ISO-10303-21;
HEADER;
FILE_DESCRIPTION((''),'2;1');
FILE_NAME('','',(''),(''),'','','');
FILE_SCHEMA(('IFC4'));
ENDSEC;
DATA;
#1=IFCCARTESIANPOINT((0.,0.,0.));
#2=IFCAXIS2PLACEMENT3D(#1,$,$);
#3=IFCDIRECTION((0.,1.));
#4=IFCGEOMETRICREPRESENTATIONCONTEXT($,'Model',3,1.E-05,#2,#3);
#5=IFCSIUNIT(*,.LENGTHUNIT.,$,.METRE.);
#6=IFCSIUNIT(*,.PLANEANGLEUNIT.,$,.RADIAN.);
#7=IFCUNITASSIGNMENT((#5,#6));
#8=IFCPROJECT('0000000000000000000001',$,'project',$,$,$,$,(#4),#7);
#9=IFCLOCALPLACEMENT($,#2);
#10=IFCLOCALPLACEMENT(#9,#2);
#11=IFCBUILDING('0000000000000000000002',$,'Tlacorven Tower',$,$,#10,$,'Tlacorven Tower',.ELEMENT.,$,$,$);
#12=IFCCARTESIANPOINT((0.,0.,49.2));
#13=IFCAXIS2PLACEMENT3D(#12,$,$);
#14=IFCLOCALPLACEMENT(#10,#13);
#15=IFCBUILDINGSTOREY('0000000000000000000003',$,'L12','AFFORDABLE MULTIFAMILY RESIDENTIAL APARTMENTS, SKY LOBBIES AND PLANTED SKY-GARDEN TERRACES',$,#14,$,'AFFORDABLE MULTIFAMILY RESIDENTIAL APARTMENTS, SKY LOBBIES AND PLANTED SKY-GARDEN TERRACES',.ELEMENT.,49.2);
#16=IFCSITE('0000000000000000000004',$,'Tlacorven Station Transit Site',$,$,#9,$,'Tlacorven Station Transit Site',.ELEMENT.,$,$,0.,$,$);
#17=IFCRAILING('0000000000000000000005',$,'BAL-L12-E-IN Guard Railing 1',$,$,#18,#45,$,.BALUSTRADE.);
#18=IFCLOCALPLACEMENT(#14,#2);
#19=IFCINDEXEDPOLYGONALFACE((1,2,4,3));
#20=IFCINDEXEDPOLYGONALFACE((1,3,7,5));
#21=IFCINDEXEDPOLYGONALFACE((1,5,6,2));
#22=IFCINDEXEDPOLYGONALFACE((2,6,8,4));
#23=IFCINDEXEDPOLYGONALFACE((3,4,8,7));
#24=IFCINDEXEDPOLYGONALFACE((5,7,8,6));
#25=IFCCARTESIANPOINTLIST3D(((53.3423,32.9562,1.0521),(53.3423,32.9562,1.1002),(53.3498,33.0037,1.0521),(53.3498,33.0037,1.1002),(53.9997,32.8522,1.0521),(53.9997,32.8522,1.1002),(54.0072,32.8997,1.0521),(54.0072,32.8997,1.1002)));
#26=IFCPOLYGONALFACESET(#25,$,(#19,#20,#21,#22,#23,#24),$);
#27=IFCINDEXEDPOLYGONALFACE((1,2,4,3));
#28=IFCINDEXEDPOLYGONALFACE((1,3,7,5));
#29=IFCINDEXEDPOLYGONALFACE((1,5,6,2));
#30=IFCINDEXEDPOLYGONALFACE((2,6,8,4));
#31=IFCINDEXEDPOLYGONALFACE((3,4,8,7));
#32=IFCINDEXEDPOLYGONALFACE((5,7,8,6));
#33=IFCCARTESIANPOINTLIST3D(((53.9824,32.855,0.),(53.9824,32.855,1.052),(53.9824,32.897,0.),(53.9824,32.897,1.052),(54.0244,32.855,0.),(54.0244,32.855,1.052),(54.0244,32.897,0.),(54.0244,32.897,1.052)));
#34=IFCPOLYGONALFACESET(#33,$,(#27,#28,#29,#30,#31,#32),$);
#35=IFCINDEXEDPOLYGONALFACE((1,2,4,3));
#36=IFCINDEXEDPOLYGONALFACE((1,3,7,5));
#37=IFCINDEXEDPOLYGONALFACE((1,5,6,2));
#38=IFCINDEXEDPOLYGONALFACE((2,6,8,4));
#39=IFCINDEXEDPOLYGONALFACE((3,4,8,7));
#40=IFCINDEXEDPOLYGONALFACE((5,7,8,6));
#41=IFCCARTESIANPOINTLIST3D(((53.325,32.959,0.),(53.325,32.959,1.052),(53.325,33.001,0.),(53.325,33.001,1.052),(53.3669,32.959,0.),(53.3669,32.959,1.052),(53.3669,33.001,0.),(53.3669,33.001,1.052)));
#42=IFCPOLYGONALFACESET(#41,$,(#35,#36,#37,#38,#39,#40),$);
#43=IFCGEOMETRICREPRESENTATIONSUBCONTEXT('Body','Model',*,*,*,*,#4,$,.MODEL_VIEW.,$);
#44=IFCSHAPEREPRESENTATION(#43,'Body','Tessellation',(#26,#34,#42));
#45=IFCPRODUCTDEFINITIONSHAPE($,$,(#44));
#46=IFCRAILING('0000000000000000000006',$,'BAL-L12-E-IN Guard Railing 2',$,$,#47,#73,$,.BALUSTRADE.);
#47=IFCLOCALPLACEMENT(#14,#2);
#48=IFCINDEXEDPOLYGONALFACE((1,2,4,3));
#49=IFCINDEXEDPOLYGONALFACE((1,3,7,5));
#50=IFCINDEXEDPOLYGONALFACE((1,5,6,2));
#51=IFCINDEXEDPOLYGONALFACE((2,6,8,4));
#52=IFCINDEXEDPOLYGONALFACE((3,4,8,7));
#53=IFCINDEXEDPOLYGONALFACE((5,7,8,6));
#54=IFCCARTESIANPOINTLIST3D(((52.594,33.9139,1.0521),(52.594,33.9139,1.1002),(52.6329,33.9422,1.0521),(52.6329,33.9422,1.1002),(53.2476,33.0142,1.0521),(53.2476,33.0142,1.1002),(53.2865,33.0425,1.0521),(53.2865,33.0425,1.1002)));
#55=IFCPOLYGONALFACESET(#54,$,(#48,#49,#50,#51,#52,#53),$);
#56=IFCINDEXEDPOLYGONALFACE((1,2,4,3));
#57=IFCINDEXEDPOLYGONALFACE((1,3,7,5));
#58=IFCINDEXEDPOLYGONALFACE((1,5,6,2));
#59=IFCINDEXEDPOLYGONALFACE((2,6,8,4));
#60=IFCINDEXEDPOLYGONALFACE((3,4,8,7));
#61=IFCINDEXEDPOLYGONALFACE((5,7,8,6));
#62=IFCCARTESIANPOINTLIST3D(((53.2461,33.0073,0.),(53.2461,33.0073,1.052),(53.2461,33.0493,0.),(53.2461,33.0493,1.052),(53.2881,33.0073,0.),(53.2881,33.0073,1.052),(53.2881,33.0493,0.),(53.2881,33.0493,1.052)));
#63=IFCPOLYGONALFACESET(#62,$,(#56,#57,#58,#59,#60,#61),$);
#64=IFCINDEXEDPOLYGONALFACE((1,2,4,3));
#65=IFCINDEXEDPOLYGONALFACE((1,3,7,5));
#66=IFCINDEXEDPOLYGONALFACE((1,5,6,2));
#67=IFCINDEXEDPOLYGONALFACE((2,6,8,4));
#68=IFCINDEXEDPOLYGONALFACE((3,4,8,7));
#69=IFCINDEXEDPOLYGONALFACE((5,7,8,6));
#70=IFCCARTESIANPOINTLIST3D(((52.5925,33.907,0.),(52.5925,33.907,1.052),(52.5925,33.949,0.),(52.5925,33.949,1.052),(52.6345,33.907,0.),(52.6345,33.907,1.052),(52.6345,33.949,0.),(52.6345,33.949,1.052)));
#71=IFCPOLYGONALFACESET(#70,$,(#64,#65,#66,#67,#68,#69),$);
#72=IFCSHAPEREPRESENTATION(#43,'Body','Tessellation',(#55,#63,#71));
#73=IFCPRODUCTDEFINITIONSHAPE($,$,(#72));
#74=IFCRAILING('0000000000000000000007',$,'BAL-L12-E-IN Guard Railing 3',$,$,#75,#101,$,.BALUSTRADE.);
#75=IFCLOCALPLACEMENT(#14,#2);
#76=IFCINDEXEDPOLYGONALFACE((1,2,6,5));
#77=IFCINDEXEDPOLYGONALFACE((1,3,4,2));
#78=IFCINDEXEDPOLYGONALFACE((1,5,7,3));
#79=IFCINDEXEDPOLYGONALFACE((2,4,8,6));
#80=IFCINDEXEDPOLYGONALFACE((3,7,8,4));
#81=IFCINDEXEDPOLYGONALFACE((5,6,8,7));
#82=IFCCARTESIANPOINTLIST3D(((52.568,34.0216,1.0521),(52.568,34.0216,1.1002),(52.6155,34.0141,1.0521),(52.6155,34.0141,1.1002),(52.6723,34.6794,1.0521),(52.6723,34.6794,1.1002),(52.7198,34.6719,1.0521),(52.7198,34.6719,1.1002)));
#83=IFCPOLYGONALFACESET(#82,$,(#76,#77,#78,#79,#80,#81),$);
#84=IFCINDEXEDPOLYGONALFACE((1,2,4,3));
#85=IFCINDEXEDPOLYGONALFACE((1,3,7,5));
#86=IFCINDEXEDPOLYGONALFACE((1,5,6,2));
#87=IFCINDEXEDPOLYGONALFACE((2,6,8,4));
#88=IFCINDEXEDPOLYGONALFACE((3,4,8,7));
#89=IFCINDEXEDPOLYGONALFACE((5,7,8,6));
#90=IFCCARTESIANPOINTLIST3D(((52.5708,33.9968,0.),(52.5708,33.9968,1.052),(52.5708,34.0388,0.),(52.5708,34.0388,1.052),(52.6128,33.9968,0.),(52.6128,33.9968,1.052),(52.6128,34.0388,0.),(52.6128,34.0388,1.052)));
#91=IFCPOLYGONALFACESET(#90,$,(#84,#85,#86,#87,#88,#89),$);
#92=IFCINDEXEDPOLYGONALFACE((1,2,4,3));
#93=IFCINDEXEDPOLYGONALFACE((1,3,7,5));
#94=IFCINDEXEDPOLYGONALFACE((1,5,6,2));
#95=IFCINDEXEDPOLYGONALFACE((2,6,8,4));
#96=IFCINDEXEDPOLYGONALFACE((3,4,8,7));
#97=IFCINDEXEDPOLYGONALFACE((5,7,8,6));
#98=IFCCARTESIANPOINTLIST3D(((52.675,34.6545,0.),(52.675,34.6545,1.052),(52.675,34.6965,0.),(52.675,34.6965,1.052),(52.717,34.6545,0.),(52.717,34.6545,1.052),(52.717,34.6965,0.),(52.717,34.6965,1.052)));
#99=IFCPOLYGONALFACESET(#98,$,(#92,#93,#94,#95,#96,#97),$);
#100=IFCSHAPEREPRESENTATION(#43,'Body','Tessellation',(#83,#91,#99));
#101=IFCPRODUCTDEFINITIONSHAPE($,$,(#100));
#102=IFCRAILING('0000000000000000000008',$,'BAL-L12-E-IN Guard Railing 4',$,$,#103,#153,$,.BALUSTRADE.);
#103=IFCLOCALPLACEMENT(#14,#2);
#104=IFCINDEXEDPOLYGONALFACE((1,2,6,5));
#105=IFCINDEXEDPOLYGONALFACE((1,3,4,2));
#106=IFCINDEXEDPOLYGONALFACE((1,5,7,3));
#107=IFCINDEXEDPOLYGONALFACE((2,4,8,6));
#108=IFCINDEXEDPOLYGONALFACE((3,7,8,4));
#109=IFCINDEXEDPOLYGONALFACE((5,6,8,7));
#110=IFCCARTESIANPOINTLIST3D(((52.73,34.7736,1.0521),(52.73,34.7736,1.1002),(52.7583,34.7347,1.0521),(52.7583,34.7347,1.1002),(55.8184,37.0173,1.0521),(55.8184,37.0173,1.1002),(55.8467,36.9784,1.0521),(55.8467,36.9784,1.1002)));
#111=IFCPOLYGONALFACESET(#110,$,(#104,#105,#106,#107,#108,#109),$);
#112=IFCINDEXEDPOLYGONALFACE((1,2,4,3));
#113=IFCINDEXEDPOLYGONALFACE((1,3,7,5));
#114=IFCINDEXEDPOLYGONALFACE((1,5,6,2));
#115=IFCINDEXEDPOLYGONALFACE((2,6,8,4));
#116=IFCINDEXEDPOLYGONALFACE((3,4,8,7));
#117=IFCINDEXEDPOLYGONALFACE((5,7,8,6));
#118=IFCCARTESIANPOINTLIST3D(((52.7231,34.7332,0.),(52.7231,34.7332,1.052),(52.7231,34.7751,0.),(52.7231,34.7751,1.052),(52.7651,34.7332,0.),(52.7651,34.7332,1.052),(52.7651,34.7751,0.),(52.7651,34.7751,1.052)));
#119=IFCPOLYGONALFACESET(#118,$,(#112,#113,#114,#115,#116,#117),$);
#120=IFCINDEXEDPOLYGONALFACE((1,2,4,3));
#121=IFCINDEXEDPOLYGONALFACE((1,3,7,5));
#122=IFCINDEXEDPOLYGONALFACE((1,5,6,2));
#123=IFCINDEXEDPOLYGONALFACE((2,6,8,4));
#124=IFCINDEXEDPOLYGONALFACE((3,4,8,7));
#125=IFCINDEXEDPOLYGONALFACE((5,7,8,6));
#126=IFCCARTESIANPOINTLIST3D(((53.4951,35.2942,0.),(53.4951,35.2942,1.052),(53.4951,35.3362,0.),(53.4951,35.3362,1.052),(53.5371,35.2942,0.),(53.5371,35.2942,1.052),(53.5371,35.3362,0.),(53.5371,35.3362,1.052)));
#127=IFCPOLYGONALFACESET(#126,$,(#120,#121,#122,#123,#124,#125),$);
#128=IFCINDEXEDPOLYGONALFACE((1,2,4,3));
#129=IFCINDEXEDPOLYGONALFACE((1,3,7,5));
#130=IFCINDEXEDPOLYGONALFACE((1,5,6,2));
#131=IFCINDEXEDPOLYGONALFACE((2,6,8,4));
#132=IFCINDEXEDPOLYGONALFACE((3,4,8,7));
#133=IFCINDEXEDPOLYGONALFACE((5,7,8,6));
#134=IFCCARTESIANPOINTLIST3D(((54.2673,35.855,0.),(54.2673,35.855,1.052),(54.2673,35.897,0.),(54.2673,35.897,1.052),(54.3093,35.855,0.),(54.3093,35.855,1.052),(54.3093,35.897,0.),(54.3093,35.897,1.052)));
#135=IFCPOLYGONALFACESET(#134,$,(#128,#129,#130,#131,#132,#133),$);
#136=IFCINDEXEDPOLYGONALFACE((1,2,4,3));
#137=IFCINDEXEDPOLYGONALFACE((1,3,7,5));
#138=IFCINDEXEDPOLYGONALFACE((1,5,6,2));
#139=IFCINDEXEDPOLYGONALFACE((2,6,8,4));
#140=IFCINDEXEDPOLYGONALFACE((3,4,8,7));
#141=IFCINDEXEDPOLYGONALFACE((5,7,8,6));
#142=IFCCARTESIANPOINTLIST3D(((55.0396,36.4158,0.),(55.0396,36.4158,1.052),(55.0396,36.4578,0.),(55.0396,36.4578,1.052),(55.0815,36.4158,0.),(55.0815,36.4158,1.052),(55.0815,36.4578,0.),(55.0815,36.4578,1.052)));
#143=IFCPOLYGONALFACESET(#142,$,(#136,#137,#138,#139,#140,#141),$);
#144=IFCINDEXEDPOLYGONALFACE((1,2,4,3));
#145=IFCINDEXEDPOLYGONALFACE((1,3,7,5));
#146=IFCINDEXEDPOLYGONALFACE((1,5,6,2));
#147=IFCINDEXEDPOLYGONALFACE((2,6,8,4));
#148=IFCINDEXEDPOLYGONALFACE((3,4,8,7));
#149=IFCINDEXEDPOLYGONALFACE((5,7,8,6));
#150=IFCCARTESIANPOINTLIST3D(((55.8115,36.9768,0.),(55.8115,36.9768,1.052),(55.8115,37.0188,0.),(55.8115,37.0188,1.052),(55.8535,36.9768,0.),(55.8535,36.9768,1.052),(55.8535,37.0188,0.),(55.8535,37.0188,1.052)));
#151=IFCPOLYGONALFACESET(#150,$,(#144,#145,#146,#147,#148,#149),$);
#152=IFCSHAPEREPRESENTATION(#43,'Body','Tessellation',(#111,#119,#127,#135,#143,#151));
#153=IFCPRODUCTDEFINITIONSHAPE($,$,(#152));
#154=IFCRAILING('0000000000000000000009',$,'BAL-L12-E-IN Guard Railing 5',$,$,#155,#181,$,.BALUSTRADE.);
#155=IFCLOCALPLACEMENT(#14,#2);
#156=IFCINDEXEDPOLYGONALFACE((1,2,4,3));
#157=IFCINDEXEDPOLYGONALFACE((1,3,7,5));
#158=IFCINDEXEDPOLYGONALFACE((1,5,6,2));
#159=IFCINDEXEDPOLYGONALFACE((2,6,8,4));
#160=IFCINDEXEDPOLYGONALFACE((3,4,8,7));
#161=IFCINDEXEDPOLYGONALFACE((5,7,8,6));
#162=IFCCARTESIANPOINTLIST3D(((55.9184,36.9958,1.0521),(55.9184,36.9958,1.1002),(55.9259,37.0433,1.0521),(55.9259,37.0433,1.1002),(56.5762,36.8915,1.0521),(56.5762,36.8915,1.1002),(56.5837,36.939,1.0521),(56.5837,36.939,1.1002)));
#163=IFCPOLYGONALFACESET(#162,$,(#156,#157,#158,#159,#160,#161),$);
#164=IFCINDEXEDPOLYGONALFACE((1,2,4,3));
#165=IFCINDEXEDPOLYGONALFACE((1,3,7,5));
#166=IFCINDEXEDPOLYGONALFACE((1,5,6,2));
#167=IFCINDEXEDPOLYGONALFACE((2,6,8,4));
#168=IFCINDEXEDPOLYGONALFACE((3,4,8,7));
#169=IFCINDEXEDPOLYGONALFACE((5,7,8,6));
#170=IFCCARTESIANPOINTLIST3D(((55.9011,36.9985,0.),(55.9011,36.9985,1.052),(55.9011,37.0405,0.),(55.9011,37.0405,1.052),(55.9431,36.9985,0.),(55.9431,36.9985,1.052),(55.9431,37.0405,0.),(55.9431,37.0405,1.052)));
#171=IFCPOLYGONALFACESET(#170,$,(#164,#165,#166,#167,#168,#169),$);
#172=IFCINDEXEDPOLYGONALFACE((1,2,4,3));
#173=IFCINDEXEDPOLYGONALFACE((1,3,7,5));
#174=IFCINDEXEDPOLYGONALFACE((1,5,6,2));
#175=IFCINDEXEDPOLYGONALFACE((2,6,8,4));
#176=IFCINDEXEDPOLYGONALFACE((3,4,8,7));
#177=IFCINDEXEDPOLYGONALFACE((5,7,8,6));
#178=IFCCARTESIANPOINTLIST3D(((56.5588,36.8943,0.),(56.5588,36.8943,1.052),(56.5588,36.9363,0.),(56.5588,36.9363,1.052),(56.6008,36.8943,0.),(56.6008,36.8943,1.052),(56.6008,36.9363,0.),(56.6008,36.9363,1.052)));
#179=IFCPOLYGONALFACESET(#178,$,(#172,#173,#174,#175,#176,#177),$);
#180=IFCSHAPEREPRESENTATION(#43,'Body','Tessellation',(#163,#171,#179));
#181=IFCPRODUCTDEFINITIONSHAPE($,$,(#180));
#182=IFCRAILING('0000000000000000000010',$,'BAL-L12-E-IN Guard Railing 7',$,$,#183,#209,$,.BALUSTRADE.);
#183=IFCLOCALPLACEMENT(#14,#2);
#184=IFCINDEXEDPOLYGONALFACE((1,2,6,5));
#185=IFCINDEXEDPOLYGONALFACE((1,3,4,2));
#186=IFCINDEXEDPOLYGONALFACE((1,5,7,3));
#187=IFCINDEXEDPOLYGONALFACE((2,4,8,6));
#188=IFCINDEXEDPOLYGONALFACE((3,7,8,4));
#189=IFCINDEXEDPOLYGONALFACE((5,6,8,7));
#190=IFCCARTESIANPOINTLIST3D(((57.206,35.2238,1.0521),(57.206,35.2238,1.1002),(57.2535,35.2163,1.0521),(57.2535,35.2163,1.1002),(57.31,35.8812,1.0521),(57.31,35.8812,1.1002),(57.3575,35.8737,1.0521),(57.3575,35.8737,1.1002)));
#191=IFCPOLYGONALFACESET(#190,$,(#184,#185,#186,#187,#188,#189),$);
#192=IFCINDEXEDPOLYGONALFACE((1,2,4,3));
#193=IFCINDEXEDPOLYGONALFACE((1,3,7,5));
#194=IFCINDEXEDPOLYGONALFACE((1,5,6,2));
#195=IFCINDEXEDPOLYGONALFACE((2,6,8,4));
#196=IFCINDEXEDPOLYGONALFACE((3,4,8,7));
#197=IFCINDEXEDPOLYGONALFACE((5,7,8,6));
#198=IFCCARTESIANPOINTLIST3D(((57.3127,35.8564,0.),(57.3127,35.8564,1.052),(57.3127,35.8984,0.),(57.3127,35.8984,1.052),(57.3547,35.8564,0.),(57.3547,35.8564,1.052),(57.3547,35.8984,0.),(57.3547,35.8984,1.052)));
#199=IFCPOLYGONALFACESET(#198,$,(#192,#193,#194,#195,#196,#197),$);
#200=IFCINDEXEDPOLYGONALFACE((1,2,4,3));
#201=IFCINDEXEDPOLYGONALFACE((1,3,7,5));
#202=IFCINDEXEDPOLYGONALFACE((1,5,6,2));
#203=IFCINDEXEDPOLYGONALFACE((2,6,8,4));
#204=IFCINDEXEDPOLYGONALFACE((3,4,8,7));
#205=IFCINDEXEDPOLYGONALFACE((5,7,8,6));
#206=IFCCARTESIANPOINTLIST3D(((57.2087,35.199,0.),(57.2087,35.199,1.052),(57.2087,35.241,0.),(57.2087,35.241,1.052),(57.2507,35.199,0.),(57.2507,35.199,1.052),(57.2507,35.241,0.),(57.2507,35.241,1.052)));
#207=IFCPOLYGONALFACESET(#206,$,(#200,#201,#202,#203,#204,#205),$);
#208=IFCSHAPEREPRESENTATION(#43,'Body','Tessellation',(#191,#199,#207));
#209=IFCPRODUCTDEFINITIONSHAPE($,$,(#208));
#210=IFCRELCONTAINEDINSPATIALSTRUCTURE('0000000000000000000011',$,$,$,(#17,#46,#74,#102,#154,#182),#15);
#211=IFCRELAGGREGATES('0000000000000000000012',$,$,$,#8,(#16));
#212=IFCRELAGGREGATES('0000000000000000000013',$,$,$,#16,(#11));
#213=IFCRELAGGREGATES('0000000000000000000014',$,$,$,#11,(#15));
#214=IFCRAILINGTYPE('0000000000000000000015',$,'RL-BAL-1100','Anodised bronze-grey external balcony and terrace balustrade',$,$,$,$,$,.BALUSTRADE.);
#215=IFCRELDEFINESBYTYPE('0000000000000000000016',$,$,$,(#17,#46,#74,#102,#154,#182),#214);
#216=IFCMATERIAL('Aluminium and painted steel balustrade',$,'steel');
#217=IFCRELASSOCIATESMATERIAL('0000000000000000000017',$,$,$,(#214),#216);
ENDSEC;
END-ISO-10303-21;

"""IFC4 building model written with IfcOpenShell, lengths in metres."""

from ifc_helpers import new_model, si_unit, direction, frame, origin, origin_2d, place, context, subcontext, project, spatial, rectangle, extrude, source, transform, mapped, material, type_object, element, save


model = new_model("IFC4")

# Units and contexts
model_context = context("Model", 3, precision=1e-05, world=origin(), true_north=direction((0.0, 1.0)))
body_context = subcontext(model_context, "Body", "Model", "MODEL_VIEW")
ifc_project = project(units=[si_unit("LENGTHUNIT", "METRE"), si_unit("PLANEANGLEUNIT", "RADIAN")], contexts=[model_context])

# Site, building, storey
site_placement = place(None, origin())
site = spatial("IfcSite", under=ifc_project, at=site_placement, Name="Tlacorven Station Transit Site", LongName="Tlacorven Station Transit Site", CompositionType="ELEMENT", RefElevation=0.0)
building_placement = place(site_placement, origin())
building = spatial("IfcBuilding", under=site, at=building_placement, Name="Tlacorven Tower", LongName="Tlacorven Tower", CompositionType="ELEMENT")
storey_placement = place(building_placement, frame((0.0, 0.0, 49.2)))
storey = spatial("IfcBuildingStorey", under=building, at=storey_placement, Name="L12", Description="AFFORDABLE MULTIFAMILY RESIDENTIAL APARTMENTS, SKY LOBBIES AND PLANTED SKY-GARDEN TERRACES", LongName="AFFORDABLE MULTIFAMILY RESIDENTIAL APARTMENTS, SKY LOBBIES AND PLANTED SKY-GARDEN TERRACES", CompositionType="ELEMENT", Elevation=49.2)

# Railings
ifc_material_1 = material(Name="Aluminium and painted steel balustrade", Category="steel")
railing_type_1 = type_object("IfcRailingType", Name="RL-BAL-1100", Description="Anodised bronze-grey external balcony and terrace balustrade", PredefinedType="BALUSTRADE", material=ifc_material_1)
shared_shape_1 = source(origin(), body_context, "Body", "SweptSolid", [
    extrude(rectangle(XDim=0.0481, YDim=0.0481, at=origin_2d()), frame((0.0, 0.0, 1.0762), z_axis=(-0.987718, 0.156245, 0.0), x_axis=(-0.156245, -0.987718, 0.0)), (0.0, 0.0, 1.0), 0.6655),
    extrude(rectangle(XDim=0.042, YDim=0.042, at=origin_2d()), origin(), (0.0, 0.0, 1.0), 1.052),
    extrude(rectangle(XDim=0.042, YDim=0.042, at=origin_2d()), frame((-0.6575, 0.104, 0.0)), (0.0, 0.0, 1.0), 1.052),
])
railing_1_placement = place(storey_placement, frame((54.0034, 32.876, 0.0)))
element("IfcRailing", 1, at=railing_1_placement, inside=storey, type_object=railing_type_1, Name="BAL-L12-E-IN Guard Railing 1", PredefinedType="BALUSTRADE", context=body_context, shape_type="MappedRepresentation", body=[
    mapped(shared_shape_1, transform((0.0, 0.0, 0.0), scale=1.0)),
])
shared_shape_2 = source(origin(), body_context, "Body", "SweptSolid", [
    extrude(rectangle(XDim=0.0481, YDim=0.0481, at=origin_2d()), frame((0.0, 0.0, 1.0762), z_axis=(-0.587741, 0.809049, 0.0), x_axis=(-0.809049, -0.587741, 0.0)), (0.0, 0.0, 1.0), 1.1121),
    extrude(rectangle(XDim=0.042, YDim=0.042, at=origin_2d()), origin(), (0.0, 0.0, 1.0), 1.052),
    extrude(rectangle(XDim=0.042, YDim=0.042, at=origin_2d()), frame((-0.6536, 0.8997, 0.0)), (0.0, 0.0, 1.0), 1.052),
])
railing_2_placement = place(storey_placement, frame((53.2671, 33.0283, 0.0)))
element("IfcRailing", 2, at=railing_2_placement, inside=storey, type_object=railing_type_1, Name="BAL-L12-E-IN Guard Railing 2", PredefinedType="BALUSTRADE", context=body_context, shape_type="MappedRepresentation", body=[
    mapped(shared_shape_2, transform((0.0, 0.0, 0.0), scale=1.0)),
])
shared_shape_3 = source(origin(), body_context, "Body", "SweptSolid", [
    extrude(rectangle(XDim=0.0481, YDim=0.0481, at=origin_2d()), frame((0.0, 0.0, 1.0762), z_axis=(0.156546, 0.987671, 0.0), x_axis=(-0.987671, 0.156546, 0.0)), (0.0, 0.0, 1.0), 0.666),
    extrude(rectangle(XDim=0.042, YDim=0.042, at=origin_2d()), origin(), (0.0, 0.0, 1.0), 1.052),
    extrude(rectangle(XDim=0.042, YDim=0.042, at=origin_2d()), frame((0.1042, 0.6577, 0.0)), (0.0, 0.0, 1.0), 1.052),
])
railing_3_placement = place(storey_placement, frame((52.5918, 34.0178, 0.0)))
element("IfcRailing", 3, at=railing_3_placement, inside=storey, type_object=railing_type_1, Name="BAL-L12-E-IN Guard Railing 3", PredefinedType="BALUSTRADE", context=body_context, shape_type="MappedRepresentation", body=[
    mapped(shared_shape_3, transform((0.0, 0.0, 0.0), scale=1.0)),
])
shared_shape_4 = source(origin(), body_context, "Body", "SweptSolid", [
    extrude(rectangle(XDim=0.0481, YDim=0.0481, at=origin_2d()), frame((0.0, 0.0, 1.0762), z_axis=(0.80904, 0.587753, 0.0), x_axis=(-0.587753, 0.80904, 0.0)), (0.0, 0.0, 1.0), 3.8174),
    extrude(rectangle(XDim=0.042, YDim=0.042, at=origin_2d()), origin(), (0.0, 0.0, 1.0), 1.052),
    extrude(rectangle(XDim=0.042, YDim=0.042, at=origin_2d()), frame((0.772, 0.561, 0.0)), (0.0, 0.0, 1.0), 1.052),
    extrude(rectangle(XDim=0.042, YDim=0.042, at=origin_2d()), frame((1.5442, 1.1218, 0.0)), (0.0, 0.0, 1.0), 1.052),
    extrude(rectangle(XDim=0.042, YDim=0.042, at=origin_2d()), frame((2.3164, 1.6826, 0.0)), (0.0, 0.0, 1.0), 1.052),
    extrude(rectangle(XDim=0.042, YDim=0.042, at=origin_2d()), frame((3.0884, 2.2437, 0.0)), (0.0, 0.0, 1.0), 1.052),
])
railing_4_placement = place(storey_placement, frame((52.7441, 34.7542, 0.0)))
element("IfcRailing", 4, at=railing_4_placement, inside=storey, type_object=railing_type_1, Name="BAL-L12-E-IN Guard Railing 4", PredefinedType="BALUSTRADE", context=body_context, shape_type="MappedRepresentation", body=[
    mapped(shared_shape_4, transform((0.0, 0.0, 0.0), scale=1.0)),
])
shared_shape_5 = source(origin(), body_context, "Body", "SweptSolid", [
    extrude(rectangle(XDim=0.0481, YDim=0.0481, at=origin_2d()), frame((0.0, 0.0, 1.0762), z_axis=(0.987671, -0.156546, 0.0), x_axis=(0.156546, 0.987671, 0.0)), (0.0, 0.0, 1.0), 0.666),
    extrude(rectangle(XDim=0.042, YDim=0.042, at=origin_2d()), origin(), (0.0, 0.0, 1.0), 1.052),
    extrude(rectangle(XDim=0.042, YDim=0.042, at=origin_2d()), frame((0.6577, -0.1042, 0.0)), (0.0, 0.0, 1.0), 1.052),
])
railing_5_placement = place(storey_placement, frame((55.9221, 37.0195, 0.0)))
element("IfcRailing", 5, at=railing_5_placement, inside=storey, type_object=railing_type_1, Name="BAL-L12-E-IN Guard Railing 5", PredefinedType="BALUSTRADE", context=body_context, shape_type="MappedRepresentation", body=[
    mapped(shared_shape_5, transform((0.0, 0.0, 0.0), scale=1.0)),
])
shared_shape_6 = source(origin(), body_context, "Body", "SweptSolid", [
    extrude(rectangle(XDim=0.0481, YDim=0.0481, at=origin_2d()), frame((0.0, 0.0, 1.0762), z_axis=(-0.156245, -0.987718, 0.0), x_axis=(0.987718, -0.156245, 0.0)), (0.0, 0.0, 1.0), 0.6655),
    extrude(rectangle(XDim=0.042, YDim=0.042, at=origin_2d()), origin(), (0.0, 0.0, 1.0), 1.052),
    extrude(rectangle(XDim=0.042, YDim=0.042, at=origin_2d()), frame((-0.104, -0.6575, 0.0)), (0.0, 0.0, 1.0), 1.052),
])
railing_6_placement = place(storey_placement, frame((57.3337, 35.8774, 0.0)))
element("IfcRailing", 6, at=railing_6_placement, inside=storey, type_object=railing_type_1, Name="BAL-L12-E-IN Guard Railing 7", PredefinedType="BALUSTRADE", context=body_context, shape_type="MappedRepresentation", body=[
    mapped(shared_shape_6, transform((0.0, 0.0, 0.0), scale=1.0)),
])

save(model, "model.ifc")
